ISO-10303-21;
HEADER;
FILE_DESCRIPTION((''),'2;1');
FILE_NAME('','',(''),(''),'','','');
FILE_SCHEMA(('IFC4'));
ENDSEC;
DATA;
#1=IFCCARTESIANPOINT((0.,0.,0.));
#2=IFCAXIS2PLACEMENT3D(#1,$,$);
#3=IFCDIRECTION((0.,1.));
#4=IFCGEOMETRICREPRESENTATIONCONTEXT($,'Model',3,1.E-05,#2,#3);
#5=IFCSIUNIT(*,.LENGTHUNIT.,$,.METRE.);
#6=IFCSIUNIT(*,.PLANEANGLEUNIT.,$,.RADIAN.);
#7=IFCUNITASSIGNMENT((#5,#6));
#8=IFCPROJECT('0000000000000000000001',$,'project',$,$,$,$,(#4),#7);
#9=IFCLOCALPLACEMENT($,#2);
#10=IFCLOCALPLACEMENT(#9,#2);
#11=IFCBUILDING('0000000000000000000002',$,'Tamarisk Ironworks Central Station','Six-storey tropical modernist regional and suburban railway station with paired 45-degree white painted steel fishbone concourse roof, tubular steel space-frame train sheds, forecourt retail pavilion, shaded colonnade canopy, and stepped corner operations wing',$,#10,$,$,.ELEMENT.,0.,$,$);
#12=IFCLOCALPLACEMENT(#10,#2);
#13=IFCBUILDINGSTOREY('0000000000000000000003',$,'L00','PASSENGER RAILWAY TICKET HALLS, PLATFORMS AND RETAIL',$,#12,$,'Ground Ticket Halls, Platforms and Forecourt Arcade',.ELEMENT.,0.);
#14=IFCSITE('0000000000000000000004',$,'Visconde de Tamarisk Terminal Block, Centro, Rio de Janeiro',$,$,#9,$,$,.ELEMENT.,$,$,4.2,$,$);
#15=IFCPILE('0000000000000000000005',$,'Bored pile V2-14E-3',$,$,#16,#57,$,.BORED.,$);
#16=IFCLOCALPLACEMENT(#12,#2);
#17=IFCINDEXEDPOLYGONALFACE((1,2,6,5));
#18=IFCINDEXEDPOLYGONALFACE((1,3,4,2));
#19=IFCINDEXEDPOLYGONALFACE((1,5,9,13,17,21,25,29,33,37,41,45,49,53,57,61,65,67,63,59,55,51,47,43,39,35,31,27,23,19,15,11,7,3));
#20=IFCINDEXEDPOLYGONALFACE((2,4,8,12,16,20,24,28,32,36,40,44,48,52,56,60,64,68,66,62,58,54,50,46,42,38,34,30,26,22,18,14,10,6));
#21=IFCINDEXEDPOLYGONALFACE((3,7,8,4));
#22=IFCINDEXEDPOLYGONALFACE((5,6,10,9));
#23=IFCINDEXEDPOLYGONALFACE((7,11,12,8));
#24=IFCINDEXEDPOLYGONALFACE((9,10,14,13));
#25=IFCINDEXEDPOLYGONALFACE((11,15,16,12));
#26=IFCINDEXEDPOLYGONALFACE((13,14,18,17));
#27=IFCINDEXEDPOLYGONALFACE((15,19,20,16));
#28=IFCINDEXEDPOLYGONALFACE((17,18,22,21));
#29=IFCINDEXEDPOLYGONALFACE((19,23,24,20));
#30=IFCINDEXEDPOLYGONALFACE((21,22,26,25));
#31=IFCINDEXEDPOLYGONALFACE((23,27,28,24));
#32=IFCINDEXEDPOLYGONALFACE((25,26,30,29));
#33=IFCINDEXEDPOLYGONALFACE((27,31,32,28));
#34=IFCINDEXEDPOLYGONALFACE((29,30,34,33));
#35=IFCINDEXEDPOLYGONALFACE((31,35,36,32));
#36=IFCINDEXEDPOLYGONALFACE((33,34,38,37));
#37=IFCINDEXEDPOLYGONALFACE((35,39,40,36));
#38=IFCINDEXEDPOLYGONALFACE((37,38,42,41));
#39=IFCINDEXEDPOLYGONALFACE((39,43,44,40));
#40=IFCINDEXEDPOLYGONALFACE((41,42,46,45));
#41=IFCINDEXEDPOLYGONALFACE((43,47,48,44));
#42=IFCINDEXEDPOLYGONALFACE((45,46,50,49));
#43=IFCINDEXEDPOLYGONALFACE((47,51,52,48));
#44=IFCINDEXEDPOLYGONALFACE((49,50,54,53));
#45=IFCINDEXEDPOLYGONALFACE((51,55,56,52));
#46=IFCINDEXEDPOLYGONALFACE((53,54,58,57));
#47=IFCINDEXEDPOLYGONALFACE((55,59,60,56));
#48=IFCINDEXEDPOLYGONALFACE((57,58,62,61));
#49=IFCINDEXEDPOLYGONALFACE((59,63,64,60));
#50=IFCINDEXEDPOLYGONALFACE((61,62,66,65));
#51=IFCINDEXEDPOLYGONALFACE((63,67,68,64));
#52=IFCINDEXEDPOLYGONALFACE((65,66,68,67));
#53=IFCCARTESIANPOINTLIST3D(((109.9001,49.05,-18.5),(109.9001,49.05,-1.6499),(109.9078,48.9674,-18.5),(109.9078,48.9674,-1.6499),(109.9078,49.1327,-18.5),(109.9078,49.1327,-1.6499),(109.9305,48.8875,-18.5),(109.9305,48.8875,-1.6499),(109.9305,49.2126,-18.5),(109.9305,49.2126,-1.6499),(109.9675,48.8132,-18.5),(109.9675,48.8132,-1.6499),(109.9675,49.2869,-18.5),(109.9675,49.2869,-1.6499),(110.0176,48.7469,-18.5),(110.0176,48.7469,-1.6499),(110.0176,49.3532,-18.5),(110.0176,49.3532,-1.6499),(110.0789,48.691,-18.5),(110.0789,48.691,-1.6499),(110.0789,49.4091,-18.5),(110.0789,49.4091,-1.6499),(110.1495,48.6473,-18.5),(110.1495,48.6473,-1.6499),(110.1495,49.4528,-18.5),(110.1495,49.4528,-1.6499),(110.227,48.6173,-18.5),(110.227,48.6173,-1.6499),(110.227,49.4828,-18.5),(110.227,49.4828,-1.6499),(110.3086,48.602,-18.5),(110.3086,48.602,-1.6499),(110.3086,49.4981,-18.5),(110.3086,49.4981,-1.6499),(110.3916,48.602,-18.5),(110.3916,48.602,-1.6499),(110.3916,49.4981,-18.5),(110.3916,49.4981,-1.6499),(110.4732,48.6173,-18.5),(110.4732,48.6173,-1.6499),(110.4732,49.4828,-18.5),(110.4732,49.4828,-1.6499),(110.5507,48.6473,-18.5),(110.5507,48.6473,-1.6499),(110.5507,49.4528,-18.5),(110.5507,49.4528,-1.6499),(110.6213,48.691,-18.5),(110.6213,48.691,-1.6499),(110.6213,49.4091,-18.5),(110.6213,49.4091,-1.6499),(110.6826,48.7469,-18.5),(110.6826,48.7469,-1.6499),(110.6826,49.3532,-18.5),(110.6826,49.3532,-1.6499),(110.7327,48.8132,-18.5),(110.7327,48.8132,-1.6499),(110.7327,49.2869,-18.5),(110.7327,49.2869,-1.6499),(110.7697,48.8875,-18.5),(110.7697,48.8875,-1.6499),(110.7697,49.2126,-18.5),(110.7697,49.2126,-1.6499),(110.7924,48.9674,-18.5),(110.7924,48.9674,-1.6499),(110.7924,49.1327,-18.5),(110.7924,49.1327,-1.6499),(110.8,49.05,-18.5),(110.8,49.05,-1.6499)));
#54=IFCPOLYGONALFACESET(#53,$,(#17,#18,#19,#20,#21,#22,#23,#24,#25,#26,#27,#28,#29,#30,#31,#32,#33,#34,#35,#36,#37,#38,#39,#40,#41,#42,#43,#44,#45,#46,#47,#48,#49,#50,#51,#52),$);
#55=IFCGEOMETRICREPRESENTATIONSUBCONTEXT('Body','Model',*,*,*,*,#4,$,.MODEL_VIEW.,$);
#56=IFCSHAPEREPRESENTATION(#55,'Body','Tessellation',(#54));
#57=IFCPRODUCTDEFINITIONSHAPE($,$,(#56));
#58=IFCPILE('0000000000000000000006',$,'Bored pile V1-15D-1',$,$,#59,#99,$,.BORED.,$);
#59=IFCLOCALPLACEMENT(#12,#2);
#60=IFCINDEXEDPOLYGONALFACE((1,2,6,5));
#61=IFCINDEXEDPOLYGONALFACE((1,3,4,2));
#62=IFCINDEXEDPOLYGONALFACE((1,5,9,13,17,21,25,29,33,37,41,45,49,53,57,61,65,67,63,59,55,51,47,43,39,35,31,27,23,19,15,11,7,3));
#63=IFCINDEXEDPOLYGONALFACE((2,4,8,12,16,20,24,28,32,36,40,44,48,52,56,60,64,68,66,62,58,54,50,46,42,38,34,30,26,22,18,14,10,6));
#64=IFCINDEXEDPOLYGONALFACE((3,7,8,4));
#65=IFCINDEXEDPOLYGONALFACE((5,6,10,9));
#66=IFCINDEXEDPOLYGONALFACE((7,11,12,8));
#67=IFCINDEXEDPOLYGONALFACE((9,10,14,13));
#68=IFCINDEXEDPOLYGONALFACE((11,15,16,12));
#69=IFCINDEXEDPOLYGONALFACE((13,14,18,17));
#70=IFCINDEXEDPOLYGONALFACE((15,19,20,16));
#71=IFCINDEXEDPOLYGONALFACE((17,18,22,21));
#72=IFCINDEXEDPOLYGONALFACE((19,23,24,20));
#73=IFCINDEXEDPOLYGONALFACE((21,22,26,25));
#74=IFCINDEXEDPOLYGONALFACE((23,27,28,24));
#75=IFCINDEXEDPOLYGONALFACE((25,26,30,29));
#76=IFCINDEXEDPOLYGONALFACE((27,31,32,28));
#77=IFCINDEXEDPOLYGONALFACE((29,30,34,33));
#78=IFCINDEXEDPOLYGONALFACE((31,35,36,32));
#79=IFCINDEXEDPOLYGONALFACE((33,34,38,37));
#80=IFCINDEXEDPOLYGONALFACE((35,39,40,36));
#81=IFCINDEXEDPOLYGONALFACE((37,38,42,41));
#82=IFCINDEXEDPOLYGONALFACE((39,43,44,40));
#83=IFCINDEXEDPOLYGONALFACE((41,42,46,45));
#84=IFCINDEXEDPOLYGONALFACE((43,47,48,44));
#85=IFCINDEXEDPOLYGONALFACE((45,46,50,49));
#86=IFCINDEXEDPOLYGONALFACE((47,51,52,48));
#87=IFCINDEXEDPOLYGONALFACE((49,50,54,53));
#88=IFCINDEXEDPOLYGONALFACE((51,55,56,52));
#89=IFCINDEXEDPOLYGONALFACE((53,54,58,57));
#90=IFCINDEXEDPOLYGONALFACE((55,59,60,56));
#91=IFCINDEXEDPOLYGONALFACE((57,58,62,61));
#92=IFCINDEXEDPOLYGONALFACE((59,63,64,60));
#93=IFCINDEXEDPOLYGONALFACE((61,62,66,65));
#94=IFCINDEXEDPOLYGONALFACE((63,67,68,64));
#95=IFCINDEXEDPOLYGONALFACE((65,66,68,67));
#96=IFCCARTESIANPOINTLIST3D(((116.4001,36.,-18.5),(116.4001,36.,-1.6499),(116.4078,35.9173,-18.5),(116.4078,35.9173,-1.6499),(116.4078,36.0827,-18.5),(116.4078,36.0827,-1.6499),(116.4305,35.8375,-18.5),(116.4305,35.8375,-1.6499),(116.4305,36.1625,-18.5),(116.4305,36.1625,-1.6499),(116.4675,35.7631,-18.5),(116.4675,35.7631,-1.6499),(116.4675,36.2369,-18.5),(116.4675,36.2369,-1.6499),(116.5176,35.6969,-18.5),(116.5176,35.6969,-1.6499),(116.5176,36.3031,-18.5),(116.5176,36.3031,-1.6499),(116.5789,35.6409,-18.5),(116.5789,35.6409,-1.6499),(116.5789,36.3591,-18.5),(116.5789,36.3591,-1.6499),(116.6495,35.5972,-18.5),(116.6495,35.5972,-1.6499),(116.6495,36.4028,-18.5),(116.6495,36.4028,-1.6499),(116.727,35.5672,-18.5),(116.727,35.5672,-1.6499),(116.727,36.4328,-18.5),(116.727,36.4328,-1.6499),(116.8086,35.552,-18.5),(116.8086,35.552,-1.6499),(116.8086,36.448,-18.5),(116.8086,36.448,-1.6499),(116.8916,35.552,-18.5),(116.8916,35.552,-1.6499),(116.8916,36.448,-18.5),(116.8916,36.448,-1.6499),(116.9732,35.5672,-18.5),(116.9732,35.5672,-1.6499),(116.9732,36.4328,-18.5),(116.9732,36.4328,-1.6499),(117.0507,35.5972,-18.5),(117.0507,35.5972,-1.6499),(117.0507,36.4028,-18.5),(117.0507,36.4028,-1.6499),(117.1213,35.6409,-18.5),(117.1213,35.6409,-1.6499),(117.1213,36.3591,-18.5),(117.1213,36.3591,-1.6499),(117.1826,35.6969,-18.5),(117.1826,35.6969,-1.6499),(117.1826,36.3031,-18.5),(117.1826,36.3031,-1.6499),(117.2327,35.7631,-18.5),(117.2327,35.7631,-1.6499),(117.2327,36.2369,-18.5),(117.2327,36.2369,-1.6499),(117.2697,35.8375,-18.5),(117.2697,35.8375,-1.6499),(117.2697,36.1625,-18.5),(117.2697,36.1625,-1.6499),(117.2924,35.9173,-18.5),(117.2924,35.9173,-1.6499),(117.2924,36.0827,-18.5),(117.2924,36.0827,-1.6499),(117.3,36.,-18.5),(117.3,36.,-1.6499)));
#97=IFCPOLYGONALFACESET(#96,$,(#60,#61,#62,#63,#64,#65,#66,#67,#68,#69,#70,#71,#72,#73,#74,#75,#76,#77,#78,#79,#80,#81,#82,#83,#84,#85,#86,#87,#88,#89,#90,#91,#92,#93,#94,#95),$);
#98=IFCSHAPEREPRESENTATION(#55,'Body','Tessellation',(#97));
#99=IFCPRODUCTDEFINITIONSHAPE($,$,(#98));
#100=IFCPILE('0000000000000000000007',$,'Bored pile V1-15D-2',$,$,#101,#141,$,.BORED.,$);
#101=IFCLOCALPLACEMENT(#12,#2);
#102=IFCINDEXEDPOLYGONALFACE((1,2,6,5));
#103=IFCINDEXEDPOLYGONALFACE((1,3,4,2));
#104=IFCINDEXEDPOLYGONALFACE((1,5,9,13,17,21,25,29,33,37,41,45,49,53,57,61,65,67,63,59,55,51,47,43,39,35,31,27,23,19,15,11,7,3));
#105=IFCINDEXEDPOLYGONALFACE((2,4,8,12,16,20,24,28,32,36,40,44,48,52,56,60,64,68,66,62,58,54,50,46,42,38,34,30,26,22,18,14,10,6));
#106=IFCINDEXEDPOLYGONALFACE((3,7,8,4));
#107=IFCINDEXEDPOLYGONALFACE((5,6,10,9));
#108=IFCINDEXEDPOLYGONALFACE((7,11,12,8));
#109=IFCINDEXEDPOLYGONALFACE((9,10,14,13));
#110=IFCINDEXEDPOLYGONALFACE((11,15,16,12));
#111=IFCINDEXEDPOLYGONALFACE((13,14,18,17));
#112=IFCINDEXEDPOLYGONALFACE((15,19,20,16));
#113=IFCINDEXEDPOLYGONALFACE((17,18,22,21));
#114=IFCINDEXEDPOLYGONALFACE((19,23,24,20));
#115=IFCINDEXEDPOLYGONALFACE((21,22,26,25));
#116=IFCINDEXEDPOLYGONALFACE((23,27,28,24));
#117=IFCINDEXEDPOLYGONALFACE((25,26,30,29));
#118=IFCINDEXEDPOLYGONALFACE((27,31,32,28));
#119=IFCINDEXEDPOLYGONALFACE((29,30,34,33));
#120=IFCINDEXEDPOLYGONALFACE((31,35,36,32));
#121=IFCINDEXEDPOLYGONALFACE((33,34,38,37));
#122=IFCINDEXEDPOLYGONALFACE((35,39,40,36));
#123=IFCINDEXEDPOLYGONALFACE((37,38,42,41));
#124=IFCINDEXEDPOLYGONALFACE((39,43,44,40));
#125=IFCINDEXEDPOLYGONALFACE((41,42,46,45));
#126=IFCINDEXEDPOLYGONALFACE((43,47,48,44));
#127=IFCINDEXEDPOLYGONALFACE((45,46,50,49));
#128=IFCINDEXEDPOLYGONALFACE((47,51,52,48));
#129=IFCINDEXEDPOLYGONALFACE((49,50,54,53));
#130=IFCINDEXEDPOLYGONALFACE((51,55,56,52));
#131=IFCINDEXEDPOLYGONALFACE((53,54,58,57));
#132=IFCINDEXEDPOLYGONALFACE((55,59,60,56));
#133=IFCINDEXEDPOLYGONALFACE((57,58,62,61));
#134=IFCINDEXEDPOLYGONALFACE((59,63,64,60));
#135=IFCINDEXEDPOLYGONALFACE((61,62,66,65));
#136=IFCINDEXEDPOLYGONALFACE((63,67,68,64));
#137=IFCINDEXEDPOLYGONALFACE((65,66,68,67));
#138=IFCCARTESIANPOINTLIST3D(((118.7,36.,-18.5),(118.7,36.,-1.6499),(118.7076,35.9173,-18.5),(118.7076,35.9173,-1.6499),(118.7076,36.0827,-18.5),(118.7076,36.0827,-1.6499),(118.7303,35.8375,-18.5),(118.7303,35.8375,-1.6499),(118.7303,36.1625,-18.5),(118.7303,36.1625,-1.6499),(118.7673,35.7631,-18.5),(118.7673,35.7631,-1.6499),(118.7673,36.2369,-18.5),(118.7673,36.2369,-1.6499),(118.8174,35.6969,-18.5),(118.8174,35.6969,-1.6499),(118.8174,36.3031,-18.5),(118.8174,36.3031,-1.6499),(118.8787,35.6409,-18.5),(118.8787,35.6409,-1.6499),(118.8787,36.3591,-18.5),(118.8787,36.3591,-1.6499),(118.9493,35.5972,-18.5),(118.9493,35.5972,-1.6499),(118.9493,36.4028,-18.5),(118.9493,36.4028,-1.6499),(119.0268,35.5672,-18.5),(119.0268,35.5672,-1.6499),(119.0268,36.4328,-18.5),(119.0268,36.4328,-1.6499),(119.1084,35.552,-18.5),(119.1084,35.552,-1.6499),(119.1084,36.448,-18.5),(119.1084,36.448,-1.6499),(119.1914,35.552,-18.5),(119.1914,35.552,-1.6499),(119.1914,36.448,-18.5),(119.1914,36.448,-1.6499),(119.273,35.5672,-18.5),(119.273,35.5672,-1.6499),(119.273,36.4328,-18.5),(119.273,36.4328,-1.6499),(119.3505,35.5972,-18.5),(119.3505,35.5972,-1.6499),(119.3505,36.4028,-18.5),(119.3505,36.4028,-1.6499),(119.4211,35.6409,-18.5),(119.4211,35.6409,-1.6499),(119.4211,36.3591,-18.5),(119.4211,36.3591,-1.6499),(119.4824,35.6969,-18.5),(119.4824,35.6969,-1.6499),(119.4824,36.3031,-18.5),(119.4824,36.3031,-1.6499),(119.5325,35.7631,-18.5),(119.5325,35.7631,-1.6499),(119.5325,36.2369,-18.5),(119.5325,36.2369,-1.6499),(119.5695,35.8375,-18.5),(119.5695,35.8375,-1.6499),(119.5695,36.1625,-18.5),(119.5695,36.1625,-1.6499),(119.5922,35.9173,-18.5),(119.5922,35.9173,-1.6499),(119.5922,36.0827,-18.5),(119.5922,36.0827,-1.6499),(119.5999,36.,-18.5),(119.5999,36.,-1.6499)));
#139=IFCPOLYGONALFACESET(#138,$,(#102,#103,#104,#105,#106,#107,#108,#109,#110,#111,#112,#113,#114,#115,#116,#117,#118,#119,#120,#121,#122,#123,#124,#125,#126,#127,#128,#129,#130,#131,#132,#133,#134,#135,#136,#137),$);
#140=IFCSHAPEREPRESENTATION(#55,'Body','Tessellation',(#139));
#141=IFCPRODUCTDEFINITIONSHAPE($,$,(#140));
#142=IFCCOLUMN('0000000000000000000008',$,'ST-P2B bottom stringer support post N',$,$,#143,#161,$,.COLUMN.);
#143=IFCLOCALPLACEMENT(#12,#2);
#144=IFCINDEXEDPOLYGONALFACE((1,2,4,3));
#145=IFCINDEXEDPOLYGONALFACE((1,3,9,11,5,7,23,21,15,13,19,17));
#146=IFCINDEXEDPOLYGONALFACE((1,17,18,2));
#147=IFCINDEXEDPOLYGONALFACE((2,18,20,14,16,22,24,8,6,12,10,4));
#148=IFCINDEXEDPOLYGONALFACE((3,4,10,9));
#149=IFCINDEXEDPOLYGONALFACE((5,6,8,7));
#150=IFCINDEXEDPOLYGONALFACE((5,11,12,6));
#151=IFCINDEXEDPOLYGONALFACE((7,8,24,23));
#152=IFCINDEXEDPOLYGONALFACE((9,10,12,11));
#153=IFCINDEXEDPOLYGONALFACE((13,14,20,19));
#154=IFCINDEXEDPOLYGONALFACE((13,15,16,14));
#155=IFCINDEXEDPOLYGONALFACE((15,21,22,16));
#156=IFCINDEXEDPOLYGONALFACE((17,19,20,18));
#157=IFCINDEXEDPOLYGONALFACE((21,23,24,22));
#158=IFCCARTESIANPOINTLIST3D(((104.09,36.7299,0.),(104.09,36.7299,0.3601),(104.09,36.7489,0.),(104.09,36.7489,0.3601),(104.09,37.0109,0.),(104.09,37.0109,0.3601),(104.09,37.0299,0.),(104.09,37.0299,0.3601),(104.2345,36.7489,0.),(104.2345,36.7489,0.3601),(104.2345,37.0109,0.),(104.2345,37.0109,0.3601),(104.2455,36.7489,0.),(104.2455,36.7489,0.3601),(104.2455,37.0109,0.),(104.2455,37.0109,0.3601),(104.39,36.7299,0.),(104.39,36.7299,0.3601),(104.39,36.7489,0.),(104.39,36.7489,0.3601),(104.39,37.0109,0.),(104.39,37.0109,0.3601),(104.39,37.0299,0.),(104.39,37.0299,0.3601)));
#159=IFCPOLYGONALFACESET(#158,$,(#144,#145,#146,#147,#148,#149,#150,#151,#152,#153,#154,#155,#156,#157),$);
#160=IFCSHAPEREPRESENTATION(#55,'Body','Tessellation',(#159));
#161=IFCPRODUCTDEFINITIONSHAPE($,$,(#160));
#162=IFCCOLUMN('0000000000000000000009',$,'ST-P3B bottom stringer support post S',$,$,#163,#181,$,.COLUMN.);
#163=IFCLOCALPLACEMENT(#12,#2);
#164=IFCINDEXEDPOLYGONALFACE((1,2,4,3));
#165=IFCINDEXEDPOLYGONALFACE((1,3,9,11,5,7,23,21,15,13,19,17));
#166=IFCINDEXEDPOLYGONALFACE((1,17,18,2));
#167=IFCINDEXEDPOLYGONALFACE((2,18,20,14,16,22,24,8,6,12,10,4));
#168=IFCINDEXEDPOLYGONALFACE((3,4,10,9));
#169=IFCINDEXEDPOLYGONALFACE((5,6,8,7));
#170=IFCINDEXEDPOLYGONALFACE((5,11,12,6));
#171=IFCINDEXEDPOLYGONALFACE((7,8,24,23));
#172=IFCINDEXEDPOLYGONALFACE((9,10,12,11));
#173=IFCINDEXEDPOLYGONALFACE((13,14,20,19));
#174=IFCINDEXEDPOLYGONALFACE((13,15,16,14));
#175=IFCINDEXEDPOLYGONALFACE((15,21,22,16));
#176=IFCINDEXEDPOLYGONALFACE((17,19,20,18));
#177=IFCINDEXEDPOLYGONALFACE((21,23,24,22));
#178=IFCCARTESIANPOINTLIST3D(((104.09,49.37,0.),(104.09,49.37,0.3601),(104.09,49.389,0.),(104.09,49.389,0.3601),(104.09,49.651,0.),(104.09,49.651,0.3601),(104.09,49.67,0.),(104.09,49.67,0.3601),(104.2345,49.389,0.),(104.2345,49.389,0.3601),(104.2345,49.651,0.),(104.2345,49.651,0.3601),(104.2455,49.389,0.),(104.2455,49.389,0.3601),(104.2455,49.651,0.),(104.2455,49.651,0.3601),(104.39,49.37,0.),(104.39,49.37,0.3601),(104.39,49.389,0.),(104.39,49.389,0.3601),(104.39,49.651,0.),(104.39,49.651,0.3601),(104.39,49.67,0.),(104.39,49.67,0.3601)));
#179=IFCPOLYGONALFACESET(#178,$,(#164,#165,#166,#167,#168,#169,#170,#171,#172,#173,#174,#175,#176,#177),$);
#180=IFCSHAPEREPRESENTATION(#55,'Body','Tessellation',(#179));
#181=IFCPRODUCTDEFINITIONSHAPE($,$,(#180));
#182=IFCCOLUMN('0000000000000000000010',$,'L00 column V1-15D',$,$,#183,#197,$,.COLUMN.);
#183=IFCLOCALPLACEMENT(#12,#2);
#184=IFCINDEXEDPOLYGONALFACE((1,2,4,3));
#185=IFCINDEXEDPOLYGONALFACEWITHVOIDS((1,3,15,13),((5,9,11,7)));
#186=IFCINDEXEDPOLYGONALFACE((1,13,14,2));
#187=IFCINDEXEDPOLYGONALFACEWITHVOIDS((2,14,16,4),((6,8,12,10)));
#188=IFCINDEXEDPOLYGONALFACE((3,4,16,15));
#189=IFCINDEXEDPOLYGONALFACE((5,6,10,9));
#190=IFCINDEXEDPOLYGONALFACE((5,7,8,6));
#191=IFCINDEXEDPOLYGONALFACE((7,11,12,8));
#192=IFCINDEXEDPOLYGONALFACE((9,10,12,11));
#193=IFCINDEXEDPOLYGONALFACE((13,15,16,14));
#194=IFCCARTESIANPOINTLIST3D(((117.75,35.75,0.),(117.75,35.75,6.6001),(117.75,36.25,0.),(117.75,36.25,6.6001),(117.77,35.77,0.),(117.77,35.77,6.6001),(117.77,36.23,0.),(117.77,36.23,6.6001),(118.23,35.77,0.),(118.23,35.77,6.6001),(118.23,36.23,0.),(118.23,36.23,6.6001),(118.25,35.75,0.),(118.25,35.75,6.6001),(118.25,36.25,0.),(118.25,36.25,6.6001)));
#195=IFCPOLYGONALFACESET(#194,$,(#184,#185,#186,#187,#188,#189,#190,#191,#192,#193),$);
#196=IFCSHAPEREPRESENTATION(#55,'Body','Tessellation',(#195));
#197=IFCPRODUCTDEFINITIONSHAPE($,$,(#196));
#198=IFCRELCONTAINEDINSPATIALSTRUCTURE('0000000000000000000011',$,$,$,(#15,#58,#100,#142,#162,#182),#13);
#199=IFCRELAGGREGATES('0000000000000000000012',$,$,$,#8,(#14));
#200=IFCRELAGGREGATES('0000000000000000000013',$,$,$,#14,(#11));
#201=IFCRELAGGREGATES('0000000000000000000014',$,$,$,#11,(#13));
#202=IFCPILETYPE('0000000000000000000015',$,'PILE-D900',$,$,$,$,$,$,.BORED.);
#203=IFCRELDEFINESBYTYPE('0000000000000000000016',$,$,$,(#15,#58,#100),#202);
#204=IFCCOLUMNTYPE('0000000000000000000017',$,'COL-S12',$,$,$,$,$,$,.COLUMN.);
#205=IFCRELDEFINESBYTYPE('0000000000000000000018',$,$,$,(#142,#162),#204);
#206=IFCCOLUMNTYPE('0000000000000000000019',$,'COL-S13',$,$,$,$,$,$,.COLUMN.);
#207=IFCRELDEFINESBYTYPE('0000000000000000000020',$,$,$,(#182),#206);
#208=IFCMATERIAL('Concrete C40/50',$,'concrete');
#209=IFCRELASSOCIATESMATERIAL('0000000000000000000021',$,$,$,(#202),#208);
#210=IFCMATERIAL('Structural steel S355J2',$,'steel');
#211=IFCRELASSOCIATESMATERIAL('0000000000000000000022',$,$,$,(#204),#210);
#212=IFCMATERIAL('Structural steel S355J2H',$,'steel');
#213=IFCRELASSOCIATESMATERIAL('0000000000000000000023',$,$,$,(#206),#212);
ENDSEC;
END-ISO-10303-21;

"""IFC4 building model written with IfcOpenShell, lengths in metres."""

from ifc_helpers import new_model, si_unit, direction, frame, origin, origin_2d, place, context, subcontext, project, spatial, hollow_rectangle, circle, i_section, extrude, material, material_profile, profile_set, type_object, element, save


model = new_model("IFC4")

# Units and contexts
model_context = context("Model", 3, precision=1e-05, world=origin(), true_north=direction((0.0, 1.0)))
body_context = subcontext(model_context, "Body", "Model", "MODEL_VIEW")
ifc_project = project(units=[si_unit("LENGTHUNIT", "METRE"), si_unit("PLANEANGLEUNIT", "RADIAN")], contexts=[model_context])

# Site, building, storey
site_placement = place(None, origin())
site = spatial("IfcSite", under=ifc_project, at=site_placement, Name="Visconde de Tamarisk Terminal Block, Centro, Rio de Janeiro", CompositionType="ELEMENT", RefElevation=4.2)
building_placement = place(site_placement, origin())
building = spatial("IfcBuilding", under=site, at=building_placement, Name="Tamarisk Ironworks Central Station", Description="Six-storey tropical modernist regional and suburban railway station with paired 45-degree white painted steel fishbone concourse roof, tubular steel space-frame train sheds, forecourt retail pavilion, shaded colonnade canopy, and stepped corner operations wing", CompositionType="ELEMENT", ElevationOfRefHeight=0.0)
storey_placement = place(building_placement, origin())
storey = spatial("IfcBuildingStorey", under=building, at=storey_placement, Name="L00", Description="PASSENGER RAILWAY TICKET HALLS, PLATFORMS AND RETAIL", LongName="Ground Ticket Halls, Platforms and Forecourt Arcade", CompositionType="ELEMENT", Elevation=0.0)

# Shared definitions
ifc_material_1 = material(Name="Concrete C40/50", Category="concrete")

# Piles
ifc_material_profile_1 = material_profile(ifc_material_1, circle(Radius=0.45, at=origin_2d()), Name="BORED PILE D900")
ifc_profile_set_1 = profile_set([ifc_material_profile_1], Name="Concrete C40/50")
pile_type = type_object("IfcPileType", Name="PILE-D900", PredefinedType="BORED", material=ifc_profile_set_1)
for number, where, z_axis, x_axis, name in (
    (1, (110.3501, 49.05, -1.6499), (0.0, 0.0, -1.0), (1.0, 0.0, 0.0), "Bored pile V2-14E-3"),
    (2, (116.8501, 36.0, -1.6499), (0.0, 0.0, -1.0), (1.0, 0.0, 0.0), "Bored pile V1-15D-1"),
    (3, (119.1499, 36.0, -1.6499), (0.0, 0.0, -1.0), (1.0, 0.0, 0.0), "Bored pile V1-15D-2"),
):
    element("IfcPile", number, at=place(storey_placement, frame(where, z_axis=z_axis, x_axis=x_axis)), inside=storey, type_object=pile_type, Name=name, PredefinedType="BORED", context=body_context, shape_type="SweptSolid", body=[
        extrude(circle(Radius=0.45, at=origin_2d()), origin(), (0.0, 0.0, 1.0), 16.8501),
    ])

# Columns
ifc_material_2 = material(Name="Structural steel S355J2", Category="steel")
ifc_material_profile_2 = material_profile(ifc_material_2, i_section(OverallWidth=0.3, OverallDepth=0.3, WebThickness=0.011, FlangeThickness=0.019, at=origin_2d()), Name="HEB 300")
ifc_profile_set_2 = profile_set([ifc_material_profile_2], Name="Structural steel S355J2")
column_type_1 = type_object("IfcColumnType", Name="COL-S12", PredefinedType="COLUMN", material=ifc_profile_set_2)
for number, where, z_axis, x_axis, name in (
    (4, (104.24, 36.8799, 0.0), (0.0, 0.0, 1.0), (1.0, 0.0, 0.0), "ST-P2B bottom stringer support post N"),
    (5, (104.24, 49.52, 0.0), (0.0, 0.0, 1.0), (1.0, 0.0, 0.0), "ST-P3B bottom stringer support post S"),
):
    element("IfcColumn", number, at=place(storey_placement, frame(where, z_axis=z_axis, x_axis=x_axis)), inside=storey, type_object=column_type_1, Name=name, PredefinedType="COLUMN", context=body_context, shape_type="SweptSolid", body=[
        extrude(i_section(OverallWidth=0.3, OverallDepth=0.3, WebThickness=0.011, FlangeThickness=0.019, at=origin_2d()), origin(), (0.0, 0.0, 1.0), 0.3601),
    ])
ifc_material_3 = material(Name="Structural steel S355J2H", Category="steel")
ifc_material_profile_3 = material_profile(ifc_material_3, hollow_rectangle(XDim=0.5, YDim=0.5, WallThickness=0.02, at=origin_2d()), Name="SHS 500x500x20")
ifc_profile_set_3 = profile_set([ifc_material_profile_3], Name="Structural steel S355J2H")
column_type_2 = type_object("IfcColumnType", Name="COL-S13", PredefinedType="COLUMN", material=ifc_profile_set_3)
column_placement = place(storey_placement, frame((118.0, 36.0, 0.0), z_axis=(0.0, 0.0, 1.0), x_axis=(1.0, 0.0, 0.0)))
element("IfcColumn", 6, at=column_placement, inside=storey, type_object=column_type_2, Name="L00 column V1-15D", PredefinedType="COLUMN", context=body_context, shape_type="SweptSolid", body=[
    extrude(hollow_rectangle(XDim=0.5, YDim=0.5, WallThickness=0.02, at=origin_2d()), origin(), (0.0, 0.0, 1.0), 6.6001),
])

save(model, "model.ifc")
